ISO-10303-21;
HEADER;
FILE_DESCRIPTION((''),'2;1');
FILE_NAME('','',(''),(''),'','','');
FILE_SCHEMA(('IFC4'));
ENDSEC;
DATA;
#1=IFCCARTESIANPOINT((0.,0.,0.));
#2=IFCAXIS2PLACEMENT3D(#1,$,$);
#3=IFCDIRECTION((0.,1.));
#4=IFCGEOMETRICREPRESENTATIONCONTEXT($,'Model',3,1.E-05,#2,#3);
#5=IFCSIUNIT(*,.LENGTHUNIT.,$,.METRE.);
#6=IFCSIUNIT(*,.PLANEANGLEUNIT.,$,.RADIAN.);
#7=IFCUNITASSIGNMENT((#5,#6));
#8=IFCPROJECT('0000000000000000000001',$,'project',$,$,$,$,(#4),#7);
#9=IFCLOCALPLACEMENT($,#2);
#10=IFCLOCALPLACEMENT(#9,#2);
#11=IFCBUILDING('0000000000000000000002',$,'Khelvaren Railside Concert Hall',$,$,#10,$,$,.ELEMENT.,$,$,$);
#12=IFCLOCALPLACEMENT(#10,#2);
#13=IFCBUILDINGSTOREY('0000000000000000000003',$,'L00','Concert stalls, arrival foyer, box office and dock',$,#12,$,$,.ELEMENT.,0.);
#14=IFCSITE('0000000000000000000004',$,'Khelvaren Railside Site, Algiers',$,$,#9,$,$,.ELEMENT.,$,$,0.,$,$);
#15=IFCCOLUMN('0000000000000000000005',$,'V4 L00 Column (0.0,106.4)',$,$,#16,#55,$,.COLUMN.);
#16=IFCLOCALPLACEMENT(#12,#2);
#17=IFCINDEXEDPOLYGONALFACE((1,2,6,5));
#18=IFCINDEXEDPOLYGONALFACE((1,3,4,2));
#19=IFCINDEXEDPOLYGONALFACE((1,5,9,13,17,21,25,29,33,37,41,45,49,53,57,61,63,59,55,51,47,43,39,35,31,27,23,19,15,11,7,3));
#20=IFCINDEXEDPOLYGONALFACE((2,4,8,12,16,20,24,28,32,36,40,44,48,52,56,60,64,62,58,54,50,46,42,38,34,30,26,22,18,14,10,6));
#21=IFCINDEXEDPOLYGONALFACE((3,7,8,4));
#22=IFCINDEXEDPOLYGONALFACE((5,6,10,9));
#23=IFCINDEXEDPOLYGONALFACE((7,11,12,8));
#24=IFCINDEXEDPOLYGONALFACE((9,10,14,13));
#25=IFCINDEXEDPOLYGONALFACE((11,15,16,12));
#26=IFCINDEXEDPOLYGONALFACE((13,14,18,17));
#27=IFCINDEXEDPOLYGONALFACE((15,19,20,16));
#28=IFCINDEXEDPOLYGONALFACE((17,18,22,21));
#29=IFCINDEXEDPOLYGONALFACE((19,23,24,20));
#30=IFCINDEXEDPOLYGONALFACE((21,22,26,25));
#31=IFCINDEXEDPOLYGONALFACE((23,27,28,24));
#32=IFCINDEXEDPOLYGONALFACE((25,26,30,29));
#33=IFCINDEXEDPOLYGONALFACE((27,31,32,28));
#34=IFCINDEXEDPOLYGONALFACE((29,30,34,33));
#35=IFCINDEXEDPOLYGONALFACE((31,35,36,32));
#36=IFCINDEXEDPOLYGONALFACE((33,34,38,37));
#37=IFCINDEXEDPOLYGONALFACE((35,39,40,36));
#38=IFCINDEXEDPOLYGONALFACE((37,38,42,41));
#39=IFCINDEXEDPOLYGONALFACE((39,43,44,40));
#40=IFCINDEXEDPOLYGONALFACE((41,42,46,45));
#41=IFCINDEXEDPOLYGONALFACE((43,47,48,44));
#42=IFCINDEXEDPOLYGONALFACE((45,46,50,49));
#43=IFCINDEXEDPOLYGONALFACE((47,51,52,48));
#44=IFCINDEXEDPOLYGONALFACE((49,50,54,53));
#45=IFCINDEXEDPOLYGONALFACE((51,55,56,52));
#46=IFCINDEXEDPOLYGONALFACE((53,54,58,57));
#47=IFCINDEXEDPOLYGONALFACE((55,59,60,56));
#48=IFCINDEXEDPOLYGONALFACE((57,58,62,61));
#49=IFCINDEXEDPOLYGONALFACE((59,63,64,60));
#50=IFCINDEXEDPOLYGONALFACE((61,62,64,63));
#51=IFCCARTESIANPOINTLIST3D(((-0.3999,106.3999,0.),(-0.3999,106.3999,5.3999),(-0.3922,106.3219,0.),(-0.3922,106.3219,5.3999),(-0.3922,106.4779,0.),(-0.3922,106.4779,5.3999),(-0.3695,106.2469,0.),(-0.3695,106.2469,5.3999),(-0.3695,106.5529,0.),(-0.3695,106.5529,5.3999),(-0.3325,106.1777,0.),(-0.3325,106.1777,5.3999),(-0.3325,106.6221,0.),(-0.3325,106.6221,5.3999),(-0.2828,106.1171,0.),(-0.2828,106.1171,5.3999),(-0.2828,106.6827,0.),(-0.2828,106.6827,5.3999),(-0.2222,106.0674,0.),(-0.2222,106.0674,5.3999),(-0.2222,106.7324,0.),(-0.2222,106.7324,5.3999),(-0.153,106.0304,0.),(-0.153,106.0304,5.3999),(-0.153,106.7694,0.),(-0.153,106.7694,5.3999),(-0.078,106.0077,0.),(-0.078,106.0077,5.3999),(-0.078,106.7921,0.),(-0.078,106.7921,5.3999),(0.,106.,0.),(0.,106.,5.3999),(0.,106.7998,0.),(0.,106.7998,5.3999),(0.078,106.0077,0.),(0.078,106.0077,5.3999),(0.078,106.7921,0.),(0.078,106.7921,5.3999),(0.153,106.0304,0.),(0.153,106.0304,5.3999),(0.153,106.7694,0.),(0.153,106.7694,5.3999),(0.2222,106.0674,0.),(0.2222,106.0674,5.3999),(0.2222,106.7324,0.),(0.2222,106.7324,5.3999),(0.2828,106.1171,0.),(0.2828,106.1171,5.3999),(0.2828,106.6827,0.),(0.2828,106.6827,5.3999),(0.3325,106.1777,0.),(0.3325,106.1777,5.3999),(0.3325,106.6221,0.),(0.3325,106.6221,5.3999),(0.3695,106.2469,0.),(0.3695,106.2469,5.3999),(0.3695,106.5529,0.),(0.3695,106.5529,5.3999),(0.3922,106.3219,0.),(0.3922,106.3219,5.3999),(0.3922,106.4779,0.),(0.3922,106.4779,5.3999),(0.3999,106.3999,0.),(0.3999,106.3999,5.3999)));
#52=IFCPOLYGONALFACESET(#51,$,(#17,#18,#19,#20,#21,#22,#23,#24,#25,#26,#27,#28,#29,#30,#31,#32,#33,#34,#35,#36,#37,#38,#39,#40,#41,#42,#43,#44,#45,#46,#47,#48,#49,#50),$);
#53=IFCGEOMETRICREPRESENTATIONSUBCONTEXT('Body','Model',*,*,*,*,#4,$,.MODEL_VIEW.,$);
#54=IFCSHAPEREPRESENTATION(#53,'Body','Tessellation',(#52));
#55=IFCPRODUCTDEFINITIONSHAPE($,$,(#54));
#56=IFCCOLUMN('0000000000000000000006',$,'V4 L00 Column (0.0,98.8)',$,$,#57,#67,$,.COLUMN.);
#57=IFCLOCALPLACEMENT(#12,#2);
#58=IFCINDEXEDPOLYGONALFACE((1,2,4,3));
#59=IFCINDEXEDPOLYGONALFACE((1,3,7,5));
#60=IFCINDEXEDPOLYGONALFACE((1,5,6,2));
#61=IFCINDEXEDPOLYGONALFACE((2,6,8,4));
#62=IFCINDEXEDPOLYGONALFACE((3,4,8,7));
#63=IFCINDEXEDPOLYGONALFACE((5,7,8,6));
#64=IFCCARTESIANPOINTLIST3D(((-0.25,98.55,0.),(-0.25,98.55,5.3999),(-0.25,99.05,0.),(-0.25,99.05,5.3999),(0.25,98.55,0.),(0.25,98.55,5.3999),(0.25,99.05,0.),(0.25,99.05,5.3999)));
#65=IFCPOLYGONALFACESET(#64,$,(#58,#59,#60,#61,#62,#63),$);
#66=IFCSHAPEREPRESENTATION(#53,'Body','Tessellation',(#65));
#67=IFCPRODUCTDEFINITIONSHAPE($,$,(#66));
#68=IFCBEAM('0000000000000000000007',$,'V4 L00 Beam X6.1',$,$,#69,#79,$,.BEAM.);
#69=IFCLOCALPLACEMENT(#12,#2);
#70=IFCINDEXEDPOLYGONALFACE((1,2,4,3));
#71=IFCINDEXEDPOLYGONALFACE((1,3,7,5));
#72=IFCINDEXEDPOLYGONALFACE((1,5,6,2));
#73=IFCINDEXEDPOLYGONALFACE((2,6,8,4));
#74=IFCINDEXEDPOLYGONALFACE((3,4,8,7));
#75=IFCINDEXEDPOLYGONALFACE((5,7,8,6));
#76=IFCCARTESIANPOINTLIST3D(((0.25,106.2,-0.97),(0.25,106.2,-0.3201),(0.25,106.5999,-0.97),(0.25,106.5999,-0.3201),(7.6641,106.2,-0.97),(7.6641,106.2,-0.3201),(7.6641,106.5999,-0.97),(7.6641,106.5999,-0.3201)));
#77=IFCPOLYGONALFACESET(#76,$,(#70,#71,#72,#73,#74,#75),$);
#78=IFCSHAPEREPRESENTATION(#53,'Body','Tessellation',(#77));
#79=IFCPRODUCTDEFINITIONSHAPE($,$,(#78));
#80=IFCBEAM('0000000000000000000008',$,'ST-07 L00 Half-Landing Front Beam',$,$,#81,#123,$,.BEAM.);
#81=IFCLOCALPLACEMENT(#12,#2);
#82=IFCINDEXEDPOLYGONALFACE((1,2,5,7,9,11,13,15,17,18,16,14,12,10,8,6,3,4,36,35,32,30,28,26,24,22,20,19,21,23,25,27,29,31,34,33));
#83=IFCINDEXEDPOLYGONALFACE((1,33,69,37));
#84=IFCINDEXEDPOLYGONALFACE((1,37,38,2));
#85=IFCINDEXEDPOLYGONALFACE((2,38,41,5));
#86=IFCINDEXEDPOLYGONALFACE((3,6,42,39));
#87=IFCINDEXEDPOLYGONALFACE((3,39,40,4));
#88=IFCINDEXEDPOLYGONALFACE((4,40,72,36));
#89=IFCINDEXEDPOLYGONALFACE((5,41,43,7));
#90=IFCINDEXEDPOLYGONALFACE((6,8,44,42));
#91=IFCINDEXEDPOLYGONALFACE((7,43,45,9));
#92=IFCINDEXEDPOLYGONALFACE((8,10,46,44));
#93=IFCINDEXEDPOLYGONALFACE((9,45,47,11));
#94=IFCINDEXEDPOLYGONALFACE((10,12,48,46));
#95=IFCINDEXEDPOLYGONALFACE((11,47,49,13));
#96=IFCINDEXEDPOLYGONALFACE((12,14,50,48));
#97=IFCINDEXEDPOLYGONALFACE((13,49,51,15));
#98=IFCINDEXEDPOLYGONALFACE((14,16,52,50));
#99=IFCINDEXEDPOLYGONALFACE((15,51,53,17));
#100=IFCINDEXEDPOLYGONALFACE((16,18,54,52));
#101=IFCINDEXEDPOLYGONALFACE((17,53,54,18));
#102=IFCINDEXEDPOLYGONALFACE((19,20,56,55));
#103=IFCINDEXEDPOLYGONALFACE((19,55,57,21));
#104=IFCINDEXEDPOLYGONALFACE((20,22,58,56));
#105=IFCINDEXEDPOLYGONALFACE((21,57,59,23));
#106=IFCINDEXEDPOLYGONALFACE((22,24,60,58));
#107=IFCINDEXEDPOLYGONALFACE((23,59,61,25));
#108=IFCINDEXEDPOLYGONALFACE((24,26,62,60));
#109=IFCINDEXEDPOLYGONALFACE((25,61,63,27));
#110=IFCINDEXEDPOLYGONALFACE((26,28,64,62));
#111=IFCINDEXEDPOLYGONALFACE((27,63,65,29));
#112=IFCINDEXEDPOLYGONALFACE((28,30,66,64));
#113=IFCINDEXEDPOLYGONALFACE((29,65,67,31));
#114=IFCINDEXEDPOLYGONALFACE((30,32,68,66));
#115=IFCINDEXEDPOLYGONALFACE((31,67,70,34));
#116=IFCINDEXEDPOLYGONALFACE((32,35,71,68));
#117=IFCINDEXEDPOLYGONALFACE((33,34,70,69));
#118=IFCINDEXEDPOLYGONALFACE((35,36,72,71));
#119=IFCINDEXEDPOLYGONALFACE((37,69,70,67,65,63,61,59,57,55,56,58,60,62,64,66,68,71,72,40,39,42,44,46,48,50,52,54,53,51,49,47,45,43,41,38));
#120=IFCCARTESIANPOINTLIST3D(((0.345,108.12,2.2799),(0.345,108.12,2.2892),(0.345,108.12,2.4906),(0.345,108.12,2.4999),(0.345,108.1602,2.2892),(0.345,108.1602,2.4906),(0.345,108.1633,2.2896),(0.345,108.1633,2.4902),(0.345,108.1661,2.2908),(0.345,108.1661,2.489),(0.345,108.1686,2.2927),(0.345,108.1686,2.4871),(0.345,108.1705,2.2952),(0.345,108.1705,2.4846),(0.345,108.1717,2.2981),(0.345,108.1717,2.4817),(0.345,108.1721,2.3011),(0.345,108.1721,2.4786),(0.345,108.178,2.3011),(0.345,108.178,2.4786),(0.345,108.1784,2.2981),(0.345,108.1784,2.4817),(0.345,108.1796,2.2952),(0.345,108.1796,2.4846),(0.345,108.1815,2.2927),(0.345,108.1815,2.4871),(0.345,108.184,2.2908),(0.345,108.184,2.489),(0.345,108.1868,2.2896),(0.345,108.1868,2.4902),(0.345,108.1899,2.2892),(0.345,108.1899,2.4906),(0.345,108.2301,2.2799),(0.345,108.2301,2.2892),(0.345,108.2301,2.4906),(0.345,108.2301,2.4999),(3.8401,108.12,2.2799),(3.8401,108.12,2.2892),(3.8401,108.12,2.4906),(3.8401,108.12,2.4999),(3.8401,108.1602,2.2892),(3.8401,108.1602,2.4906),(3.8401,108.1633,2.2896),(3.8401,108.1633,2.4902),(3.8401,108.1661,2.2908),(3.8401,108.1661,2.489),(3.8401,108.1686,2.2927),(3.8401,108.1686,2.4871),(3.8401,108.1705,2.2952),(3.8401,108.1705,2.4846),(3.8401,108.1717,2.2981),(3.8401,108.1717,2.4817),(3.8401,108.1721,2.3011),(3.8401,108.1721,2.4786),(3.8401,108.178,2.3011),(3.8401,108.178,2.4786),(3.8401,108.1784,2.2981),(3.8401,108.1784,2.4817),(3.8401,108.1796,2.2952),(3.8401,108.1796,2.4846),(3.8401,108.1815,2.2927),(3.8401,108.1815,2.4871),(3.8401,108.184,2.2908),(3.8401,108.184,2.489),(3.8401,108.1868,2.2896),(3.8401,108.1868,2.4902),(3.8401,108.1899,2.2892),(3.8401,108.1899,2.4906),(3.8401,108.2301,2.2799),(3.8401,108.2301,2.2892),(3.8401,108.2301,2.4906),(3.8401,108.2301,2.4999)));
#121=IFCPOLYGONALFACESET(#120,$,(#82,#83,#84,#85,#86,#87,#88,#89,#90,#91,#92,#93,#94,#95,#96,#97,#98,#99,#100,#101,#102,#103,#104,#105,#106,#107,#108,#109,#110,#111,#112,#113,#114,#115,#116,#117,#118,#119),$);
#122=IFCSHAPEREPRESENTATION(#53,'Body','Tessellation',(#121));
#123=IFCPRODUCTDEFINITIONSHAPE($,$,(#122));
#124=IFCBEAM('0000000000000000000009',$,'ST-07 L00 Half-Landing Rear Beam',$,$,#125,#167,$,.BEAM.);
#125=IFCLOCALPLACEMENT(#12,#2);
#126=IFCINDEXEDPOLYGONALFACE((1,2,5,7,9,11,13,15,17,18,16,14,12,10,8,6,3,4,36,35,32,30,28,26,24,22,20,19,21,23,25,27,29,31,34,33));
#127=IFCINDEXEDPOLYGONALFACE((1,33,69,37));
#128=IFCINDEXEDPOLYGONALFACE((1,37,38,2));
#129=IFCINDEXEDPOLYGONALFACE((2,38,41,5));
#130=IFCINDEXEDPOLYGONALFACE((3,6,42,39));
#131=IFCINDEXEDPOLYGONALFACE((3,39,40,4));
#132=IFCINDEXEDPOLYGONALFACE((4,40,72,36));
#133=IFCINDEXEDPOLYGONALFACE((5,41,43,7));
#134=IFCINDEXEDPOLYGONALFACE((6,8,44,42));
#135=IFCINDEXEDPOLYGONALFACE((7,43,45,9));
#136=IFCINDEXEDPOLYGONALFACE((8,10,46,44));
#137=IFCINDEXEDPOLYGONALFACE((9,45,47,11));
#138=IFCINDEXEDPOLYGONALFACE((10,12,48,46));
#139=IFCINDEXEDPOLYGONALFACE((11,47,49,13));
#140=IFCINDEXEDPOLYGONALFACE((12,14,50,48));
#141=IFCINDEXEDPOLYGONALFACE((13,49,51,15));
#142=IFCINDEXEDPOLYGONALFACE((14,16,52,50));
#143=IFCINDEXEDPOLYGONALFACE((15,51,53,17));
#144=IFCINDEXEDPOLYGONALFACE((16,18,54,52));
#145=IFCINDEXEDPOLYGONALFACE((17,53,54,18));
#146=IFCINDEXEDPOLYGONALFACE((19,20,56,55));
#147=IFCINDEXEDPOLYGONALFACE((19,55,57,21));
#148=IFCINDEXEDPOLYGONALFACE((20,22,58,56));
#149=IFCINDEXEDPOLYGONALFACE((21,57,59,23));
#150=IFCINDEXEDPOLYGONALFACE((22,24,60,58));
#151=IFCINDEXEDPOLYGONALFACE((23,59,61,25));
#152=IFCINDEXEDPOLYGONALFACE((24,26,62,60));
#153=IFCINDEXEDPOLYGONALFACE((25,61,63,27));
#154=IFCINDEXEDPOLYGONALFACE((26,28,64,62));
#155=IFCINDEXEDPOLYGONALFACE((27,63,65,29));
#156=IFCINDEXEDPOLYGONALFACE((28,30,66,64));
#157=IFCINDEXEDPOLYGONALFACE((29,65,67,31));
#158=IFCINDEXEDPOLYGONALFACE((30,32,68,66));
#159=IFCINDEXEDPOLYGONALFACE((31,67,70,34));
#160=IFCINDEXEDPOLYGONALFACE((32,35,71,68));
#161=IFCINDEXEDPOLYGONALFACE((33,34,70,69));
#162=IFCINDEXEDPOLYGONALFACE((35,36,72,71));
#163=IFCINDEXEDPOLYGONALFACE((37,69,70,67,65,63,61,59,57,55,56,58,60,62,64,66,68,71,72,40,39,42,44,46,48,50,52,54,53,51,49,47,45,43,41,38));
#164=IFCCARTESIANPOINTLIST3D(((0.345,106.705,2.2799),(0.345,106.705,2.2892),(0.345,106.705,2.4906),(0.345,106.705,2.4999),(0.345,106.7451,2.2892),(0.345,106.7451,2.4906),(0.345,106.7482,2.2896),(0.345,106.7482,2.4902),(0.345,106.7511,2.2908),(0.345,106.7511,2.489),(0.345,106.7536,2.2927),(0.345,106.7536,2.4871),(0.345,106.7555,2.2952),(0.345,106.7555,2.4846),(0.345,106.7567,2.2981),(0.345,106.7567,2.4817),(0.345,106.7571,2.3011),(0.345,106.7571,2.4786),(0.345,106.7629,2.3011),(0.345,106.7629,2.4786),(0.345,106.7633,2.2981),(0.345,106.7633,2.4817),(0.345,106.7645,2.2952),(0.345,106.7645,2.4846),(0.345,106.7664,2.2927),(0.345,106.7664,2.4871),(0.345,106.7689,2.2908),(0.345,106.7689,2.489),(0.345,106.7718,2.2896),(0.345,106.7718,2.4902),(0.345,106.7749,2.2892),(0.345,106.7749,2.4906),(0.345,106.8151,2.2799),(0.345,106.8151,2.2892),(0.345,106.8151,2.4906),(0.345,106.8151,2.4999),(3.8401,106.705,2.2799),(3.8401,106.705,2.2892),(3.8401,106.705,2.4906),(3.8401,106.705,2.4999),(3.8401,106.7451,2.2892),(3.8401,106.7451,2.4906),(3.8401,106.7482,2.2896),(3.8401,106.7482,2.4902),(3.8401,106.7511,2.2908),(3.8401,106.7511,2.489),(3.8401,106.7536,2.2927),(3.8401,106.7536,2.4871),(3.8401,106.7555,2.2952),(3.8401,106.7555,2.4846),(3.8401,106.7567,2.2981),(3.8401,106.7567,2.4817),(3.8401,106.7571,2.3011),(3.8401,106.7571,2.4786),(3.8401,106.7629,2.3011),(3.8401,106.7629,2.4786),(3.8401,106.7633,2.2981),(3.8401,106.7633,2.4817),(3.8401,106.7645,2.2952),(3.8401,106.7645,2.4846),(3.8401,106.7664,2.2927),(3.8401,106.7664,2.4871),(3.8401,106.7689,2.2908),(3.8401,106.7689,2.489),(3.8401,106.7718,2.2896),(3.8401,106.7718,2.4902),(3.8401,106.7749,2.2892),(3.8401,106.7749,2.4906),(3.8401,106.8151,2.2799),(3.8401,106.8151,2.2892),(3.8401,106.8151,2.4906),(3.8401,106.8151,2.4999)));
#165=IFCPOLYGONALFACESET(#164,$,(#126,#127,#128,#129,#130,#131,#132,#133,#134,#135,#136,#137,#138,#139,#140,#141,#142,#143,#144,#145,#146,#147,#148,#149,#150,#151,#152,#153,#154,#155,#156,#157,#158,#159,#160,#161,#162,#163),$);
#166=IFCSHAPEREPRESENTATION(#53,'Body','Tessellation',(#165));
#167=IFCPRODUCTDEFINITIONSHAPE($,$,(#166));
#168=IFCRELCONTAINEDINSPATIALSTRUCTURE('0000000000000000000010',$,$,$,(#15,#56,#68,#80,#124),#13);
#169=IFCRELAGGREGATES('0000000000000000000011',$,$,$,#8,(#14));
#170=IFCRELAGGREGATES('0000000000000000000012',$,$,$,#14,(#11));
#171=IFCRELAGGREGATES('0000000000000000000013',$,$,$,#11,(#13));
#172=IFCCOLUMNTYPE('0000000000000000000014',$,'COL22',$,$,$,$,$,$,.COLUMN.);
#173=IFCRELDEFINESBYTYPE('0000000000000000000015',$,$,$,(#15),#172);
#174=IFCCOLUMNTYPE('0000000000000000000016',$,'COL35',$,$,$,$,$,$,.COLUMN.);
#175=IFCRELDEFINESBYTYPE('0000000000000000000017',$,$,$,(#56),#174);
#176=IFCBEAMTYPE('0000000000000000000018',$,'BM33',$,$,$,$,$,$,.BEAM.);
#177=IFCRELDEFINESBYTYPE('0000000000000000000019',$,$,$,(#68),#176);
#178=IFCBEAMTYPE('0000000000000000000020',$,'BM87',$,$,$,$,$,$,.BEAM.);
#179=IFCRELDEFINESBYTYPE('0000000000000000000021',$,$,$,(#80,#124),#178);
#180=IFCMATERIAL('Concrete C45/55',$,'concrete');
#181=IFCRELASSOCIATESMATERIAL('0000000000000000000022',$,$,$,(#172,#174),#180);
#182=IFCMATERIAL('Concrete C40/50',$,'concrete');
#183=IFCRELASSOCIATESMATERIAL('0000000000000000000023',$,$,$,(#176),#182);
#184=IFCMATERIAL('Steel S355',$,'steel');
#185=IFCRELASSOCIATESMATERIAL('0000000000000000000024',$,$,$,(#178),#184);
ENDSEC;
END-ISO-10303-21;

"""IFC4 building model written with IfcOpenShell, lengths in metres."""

from ifc_helpers import new_model, si_unit, direction, frame, origin, origin_2d, place, context, subcontext, project, spatial, rectangle, circle, i_section, extrude, material, material_profile, profile_set, type_object, element, save


model = new_model("IFC4")

# Units and contexts
model_context = context("Model", 3, precision=1e-05, world=origin(), true_north=direction((0.0, 1.0)))
body_context = subcontext(model_context, "Body", "Model", "MODEL_VIEW")
ifc_project = project(units=[si_unit("LENGTHUNIT", "METRE"), si_unit("PLANEANGLEUNIT", "RADIAN")], contexts=[model_context])

# Site, building, storey
site_placement = place(None, origin())
site = spatial("IfcSite", under=ifc_project, at=site_placement, Name="Khelvaren Railside Site, Algiers", CompositionType="ELEMENT", RefElevation=0.0)
building_placement = place(site_placement, origin())
building = spatial("IfcBuilding", under=site, at=building_placement, Name="Khelvaren Railside Concert Hall", CompositionType="ELEMENT")
storey_placement = place(building_placement, origin())
storey = spatial("IfcBuildingStorey", under=building, at=storey_placement, Name="L00", Description="Concert stalls, arrival foyer, box office and dock", CompositionType="ELEMENT", Elevation=0.0)

# Columns
ifc_material_1 = material(Name="Concrete C45/55", Category="concrete")
ifc_material_profile_1 = material_profile(ifc_material_1, circle(Radius=0.3999, at=origin_2d()), Name="RC D800")
ifc_profile_set_1 = profile_set([ifc_material_profile_1], Name="Concrete C45/55")
column_type_1 = type_object("IfcColumnType", Name="COL22", PredefinedType="COLUMN", material=ifc_profile_set_1)
column_1_placement = place(storey_placement, frame((0.0, 106.3999, 0.0), z_axis=(0.0, 0.0, 1.0), x_axis=(1.0, 0.0, 0.0)))
element("IfcColumn", 1, at=column_1_placement, inside=storey, type_object=column_type_1, Name="V4 L00 Column (0.0,106.4)", PredefinedType="COLUMN", context=body_context, shape_type="SweptSolid", body=[
    extrude(circle(Radius=0.3999, at=origin_2d()), origin(), (0.0, 0.0, 1.0), 5.3999),
])
ifc_material_profile_2 = material_profile(ifc_material_1, rectangle(XDim=0.5, YDim=0.5, at=origin_2d()), Name="RC 500x500")
ifc_profile_set_2 = profile_set([ifc_material_profile_2], Name="Concrete C45/55")
column_type_2 = type_object("IfcColumnType", Name="COL35", PredefinedType="COLUMN", material=ifc_profile_set_2)
column_2_placement = place(storey_placement, frame((0.0, 98.8, 0.0), z_axis=(0.0, 0.0, 1.0), x_axis=(1.0, 0.0, 0.0)))
element("IfcColumn", 2, at=column_2_placement, inside=storey, type_object=column_type_2, Name="V4 L00 Column (0.0,98.8)", PredefinedType="COLUMN", context=body_context, shape_type="SweptSolid", body=[
    extrude(rectangle(XDim=0.5, YDim=0.5, at=origin_2d()), origin(), (0.0, 0.0, 1.0), 5.3999),
])

# Beams
ifc_material_2 = material(Name="Concrete C40/50", Category="concrete")
ifc_material_profile_3 = material_profile(ifc_material_2, rectangle(XDim=0.3999, YDim=0.6499, at=origin_2d()), Name="RCB 400x650")
ifc_profile_set_3 = profile_set([ifc_material_profile_3], Name="Concrete C40/50")
beam_type_1 = type_object("IfcBeamType", Name="BM33", PredefinedType="BEAM", material=ifc_profile_set_3)
beam_1_placement = place(storey_placement, frame((0.25, 106.3999, -0.645), z_axis=(1.0, 0.0, 0.0), x_axis=(0.0, 1.0, 0.0)))
element("IfcBeam", 3, at=beam_1_placement, inside=storey, type_object=beam_type_1, Name="V4 L00 Beam X6.1", PredefinedType="BEAM", context=body_context, shape_type="SweptSolid", body=[
    extrude(rectangle(XDim=0.3999, YDim=0.6499, at=origin_2d()), origin(), (0.0, 0.0, 1.0), 7.4141),
])
ifc_material_3 = material(Name="Steel S355", Category="steel")
ifc_material_profile_4 = material_profile(ifc_material_3, i_section(OverallWidth=0.1101, OverallDepth=0.22, WebThickness=0.0059, FlangeThickness=0.0093, FilletRadius=0.012, at=origin_2d()), Name="IPE 220")
ifc_profile_set_4 = profile_set([ifc_material_profile_4], Name="Steel S355")
beam_type_2 = type_object("IfcBeamType", Name="BM87", PredefinedType="BEAM", material=ifc_profile_set_4)
for number, where, z_axis, x_axis, name in (
    (4, (0.345, 108.175, 2.3899), (1.0, 0.0, 0.0), (0.0, 1.0, 0.0), "ST-07 L00 Half-Landing Front Beam"),
    (5, (0.345, 106.76, 2.3899), (1.0, 0.0, 0.0), (0.0, 1.0, 0.0), "ST-07 L00 Half-Landing Rear Beam"),
):
    element("IfcBeam", number, at=place(storey_placement, frame(where, z_axis=z_axis, x_axis=x_axis)), inside=storey, type_object=beam_type_2, Name=name, PredefinedType="BEAM", context=body_context, shape_type="SweptSolid", body=[
        extrude(i_section(OverallWidth=0.1101, OverallDepth=0.22, WebThickness=0.0059, FlangeThickness=0.0093, FilletRadius=0.012, at=origin_2d()), origin(), (0.0, 0.0, 1.0), 3.4951),
    ])

save(model, "model.ifc")
